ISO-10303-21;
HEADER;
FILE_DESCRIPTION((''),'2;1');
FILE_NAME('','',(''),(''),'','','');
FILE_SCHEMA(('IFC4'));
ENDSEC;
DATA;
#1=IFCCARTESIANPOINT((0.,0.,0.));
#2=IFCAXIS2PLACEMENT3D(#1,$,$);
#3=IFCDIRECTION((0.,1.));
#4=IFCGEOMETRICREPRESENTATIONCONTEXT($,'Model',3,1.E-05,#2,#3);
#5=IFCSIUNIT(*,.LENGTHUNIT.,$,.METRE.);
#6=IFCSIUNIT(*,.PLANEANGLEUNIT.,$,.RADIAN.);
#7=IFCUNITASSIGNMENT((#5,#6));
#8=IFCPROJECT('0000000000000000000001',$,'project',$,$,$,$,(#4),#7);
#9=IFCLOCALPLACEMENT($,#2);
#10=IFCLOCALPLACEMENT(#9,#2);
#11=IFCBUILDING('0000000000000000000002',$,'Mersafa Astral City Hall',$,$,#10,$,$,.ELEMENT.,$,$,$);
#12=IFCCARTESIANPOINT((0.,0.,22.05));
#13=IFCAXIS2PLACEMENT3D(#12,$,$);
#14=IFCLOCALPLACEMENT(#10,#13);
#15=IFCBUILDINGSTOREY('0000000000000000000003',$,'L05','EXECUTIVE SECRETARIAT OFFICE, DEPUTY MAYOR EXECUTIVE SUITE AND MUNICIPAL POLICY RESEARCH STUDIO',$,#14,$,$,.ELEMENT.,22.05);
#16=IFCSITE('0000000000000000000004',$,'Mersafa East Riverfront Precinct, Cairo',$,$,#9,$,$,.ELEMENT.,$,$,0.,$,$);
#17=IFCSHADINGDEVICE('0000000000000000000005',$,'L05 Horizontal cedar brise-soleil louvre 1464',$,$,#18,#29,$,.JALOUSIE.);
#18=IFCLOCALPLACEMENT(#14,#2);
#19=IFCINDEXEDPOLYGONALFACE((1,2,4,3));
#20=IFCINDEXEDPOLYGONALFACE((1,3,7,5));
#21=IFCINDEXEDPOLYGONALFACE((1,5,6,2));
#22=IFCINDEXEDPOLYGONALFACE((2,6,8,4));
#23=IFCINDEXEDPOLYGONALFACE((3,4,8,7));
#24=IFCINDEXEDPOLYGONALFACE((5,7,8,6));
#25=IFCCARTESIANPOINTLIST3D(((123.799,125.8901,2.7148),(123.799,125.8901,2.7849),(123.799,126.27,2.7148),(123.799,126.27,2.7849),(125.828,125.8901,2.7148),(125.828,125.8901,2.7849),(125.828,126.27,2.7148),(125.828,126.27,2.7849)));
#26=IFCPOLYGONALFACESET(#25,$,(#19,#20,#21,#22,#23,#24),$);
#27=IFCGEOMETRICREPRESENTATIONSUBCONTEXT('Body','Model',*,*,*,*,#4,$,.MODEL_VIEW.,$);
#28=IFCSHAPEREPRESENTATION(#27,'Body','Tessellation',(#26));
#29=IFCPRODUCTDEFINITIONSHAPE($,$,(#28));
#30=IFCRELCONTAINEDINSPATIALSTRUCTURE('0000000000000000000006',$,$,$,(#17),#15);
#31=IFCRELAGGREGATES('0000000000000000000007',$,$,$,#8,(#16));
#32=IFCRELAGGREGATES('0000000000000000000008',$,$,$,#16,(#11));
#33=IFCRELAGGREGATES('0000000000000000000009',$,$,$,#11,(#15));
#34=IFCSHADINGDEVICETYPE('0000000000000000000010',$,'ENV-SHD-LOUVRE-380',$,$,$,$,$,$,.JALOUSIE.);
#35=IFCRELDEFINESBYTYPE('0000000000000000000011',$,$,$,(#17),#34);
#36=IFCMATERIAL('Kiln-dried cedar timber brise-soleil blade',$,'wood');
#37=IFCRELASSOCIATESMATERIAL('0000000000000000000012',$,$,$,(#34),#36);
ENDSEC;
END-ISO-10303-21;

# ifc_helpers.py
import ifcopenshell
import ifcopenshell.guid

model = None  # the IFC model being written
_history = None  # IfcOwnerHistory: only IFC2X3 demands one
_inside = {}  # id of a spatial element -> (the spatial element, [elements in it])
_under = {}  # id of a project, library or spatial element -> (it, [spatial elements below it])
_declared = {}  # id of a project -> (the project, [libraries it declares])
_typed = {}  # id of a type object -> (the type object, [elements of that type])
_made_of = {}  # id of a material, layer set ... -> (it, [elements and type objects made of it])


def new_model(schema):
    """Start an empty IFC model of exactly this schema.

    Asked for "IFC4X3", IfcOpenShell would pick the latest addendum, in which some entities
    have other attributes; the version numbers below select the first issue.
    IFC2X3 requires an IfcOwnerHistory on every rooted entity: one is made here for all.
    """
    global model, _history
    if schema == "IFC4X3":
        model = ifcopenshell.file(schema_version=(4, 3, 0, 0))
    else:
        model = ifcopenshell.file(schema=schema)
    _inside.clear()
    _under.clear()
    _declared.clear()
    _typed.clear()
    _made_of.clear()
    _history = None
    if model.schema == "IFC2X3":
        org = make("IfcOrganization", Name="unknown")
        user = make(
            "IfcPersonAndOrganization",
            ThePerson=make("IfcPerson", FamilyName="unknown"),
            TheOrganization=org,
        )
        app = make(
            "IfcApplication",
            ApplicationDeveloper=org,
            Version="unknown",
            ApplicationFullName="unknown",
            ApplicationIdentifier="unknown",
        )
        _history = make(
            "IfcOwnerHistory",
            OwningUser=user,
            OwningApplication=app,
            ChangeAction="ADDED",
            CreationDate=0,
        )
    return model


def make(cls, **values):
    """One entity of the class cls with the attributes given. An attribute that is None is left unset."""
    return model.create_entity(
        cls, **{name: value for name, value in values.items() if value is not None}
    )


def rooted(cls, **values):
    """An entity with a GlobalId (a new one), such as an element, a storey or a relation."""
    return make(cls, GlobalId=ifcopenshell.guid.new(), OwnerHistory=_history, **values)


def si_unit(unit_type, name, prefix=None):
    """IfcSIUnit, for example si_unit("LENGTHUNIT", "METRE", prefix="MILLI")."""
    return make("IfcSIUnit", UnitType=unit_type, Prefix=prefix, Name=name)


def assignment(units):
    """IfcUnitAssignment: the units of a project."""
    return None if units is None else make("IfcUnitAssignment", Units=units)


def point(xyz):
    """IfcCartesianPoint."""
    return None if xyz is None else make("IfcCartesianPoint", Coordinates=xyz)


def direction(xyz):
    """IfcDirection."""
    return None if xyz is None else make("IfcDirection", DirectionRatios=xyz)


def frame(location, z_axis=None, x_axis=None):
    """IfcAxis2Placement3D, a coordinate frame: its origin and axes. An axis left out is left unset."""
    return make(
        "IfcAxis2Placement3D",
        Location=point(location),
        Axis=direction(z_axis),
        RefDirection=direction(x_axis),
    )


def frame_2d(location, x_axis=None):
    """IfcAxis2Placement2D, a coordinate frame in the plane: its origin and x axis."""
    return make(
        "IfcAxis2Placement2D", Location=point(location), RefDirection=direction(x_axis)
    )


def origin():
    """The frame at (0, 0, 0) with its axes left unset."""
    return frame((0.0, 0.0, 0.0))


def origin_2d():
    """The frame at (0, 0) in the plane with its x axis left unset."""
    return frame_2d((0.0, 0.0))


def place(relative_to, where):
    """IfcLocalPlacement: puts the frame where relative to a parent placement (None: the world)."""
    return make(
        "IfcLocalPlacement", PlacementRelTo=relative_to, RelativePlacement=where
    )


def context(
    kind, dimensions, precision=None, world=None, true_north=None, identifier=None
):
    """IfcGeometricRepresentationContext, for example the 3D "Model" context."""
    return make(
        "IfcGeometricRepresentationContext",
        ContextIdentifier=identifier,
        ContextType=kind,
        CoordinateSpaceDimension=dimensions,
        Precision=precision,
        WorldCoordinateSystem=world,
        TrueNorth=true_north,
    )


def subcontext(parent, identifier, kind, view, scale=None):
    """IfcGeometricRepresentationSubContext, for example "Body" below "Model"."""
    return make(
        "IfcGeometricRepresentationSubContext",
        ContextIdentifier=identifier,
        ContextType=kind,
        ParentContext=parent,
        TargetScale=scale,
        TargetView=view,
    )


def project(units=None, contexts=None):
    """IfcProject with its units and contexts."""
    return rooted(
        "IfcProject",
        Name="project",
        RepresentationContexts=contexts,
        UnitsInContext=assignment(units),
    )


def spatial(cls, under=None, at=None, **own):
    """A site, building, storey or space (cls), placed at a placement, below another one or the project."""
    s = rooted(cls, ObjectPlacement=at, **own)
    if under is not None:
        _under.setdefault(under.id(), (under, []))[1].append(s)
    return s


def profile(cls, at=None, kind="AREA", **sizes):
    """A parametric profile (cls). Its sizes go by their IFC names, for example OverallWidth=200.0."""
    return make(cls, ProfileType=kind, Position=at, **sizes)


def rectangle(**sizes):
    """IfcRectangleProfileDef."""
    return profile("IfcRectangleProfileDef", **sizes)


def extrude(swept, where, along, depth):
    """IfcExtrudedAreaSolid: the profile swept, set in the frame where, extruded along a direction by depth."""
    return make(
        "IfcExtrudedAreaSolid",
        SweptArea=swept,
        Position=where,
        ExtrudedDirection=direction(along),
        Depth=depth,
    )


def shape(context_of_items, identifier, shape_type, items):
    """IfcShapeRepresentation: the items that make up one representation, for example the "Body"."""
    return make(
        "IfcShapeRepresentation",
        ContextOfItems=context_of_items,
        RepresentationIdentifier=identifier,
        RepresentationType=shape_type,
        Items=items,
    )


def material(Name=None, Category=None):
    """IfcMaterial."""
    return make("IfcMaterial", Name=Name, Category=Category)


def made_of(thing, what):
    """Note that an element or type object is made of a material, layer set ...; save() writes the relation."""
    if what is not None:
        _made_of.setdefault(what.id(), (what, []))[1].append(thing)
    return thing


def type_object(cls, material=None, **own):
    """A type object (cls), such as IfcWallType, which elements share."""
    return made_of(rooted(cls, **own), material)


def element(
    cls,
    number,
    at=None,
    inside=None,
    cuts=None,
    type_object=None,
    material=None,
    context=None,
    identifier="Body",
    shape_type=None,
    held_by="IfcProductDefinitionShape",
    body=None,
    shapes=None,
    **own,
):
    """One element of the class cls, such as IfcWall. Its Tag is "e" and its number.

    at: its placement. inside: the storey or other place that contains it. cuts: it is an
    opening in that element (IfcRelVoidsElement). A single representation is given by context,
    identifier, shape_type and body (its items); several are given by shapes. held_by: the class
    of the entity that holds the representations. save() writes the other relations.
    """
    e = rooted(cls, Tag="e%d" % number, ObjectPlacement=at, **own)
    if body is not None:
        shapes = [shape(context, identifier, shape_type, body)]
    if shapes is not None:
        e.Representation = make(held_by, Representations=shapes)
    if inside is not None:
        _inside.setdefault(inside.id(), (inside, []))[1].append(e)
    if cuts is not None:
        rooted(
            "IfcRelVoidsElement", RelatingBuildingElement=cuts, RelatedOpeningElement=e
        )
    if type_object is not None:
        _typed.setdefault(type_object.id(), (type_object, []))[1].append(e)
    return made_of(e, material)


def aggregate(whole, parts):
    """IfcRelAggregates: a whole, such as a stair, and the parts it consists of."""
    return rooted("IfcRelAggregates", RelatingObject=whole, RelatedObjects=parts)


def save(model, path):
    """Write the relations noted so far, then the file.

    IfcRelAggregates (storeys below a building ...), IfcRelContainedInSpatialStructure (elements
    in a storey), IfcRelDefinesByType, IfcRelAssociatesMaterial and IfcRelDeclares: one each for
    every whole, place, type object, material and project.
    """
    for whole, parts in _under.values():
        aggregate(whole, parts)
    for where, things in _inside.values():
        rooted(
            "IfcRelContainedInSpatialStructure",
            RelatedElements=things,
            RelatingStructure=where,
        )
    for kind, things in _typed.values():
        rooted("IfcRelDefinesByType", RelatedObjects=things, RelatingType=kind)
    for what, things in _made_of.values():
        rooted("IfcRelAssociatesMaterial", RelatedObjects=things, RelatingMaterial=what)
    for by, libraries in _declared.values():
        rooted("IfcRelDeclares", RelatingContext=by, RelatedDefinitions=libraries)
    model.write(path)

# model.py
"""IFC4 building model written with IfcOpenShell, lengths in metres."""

from ifc_helpers import new_model, si_unit, direction, frame, origin, origin_2d, place, context, subcontext, project, spatial, rectangle, extrude, material, type_object, element, save


model = new_model("IFC4")

# Units and contexts
model_context = context("Model", 3, precision=1e-05, world=origin(), true_north=direction((0.0, 1.0)))
body_context = subcontext(model_context, "Body", "Model", "MODEL_VIEW")
ifc_project = project(units=[si_unit("LENGTHUNIT", "METRE"), si_unit("PLANEANGLEUNIT", "RADIAN")], contexts=[model_context])

# Site, building, storey
site_placement = place(None, origin())
site = spatial("IfcSite", under=ifc_project, at=site_placement, Name="Mersafa East Riverfront Precinct, Cairo", CompositionType="ELEMENT", RefElevation=0.0)
building_placement = place(site_placement, origin())
building = spatial("IfcBuilding", under=site, at=building_placement, Name="Mersafa Astral City Hall", CompositionType="ELEMENT")
storey_placement = place(building_placement, frame((0.0, 0.0, 22.05)))
storey = spatial("IfcBuildingStorey", under=building, at=storey_placement, Name="L05", Description="EXECUTIVE SECRETARIAT OFFICE, DEPUTY MAYOR EXECUTIVE SUITE AND MUNICIPAL POLICY RESEARCH STUDIO", CompositionType="ELEMENT", Elevation=22.05)

# Shading device
ifc_material_1 = material(Name="Kiln-dried cedar timber brise-soleil blade", Category="wood")
shading_device_type = type_object("IfcShadingDeviceType", Name="ENV-SHD-LOUVRE-380", PredefinedType="JALOUSIE", material=ifc_material_1)
for number, where, z_axis, x_axis, name in (
    (1, (124.8135, 126.0801, 2.7148), (0.0, 0.0, 1.0), (-1.0, 0.0, 0.0), "L05 Horizontal cedar brise-soleil louvre 1464"),
):
    element("IfcShadingDevice", number, at=place(storey_placement, frame(where, z_axis=z_axis, x_axis=x_axis)), inside=storey, type_object=shading_device_type, Name=name, PredefinedType="JALOUSIE", context=body_context, shape_type="SweptSolid", body=[
        extrude(rectangle(XDim=2.0291, YDim=0.3799, at=origin_2d()), origin(), (0.0, 0.0, 1.0), 0.0701),
    ])

save(model, "model.ifc")
